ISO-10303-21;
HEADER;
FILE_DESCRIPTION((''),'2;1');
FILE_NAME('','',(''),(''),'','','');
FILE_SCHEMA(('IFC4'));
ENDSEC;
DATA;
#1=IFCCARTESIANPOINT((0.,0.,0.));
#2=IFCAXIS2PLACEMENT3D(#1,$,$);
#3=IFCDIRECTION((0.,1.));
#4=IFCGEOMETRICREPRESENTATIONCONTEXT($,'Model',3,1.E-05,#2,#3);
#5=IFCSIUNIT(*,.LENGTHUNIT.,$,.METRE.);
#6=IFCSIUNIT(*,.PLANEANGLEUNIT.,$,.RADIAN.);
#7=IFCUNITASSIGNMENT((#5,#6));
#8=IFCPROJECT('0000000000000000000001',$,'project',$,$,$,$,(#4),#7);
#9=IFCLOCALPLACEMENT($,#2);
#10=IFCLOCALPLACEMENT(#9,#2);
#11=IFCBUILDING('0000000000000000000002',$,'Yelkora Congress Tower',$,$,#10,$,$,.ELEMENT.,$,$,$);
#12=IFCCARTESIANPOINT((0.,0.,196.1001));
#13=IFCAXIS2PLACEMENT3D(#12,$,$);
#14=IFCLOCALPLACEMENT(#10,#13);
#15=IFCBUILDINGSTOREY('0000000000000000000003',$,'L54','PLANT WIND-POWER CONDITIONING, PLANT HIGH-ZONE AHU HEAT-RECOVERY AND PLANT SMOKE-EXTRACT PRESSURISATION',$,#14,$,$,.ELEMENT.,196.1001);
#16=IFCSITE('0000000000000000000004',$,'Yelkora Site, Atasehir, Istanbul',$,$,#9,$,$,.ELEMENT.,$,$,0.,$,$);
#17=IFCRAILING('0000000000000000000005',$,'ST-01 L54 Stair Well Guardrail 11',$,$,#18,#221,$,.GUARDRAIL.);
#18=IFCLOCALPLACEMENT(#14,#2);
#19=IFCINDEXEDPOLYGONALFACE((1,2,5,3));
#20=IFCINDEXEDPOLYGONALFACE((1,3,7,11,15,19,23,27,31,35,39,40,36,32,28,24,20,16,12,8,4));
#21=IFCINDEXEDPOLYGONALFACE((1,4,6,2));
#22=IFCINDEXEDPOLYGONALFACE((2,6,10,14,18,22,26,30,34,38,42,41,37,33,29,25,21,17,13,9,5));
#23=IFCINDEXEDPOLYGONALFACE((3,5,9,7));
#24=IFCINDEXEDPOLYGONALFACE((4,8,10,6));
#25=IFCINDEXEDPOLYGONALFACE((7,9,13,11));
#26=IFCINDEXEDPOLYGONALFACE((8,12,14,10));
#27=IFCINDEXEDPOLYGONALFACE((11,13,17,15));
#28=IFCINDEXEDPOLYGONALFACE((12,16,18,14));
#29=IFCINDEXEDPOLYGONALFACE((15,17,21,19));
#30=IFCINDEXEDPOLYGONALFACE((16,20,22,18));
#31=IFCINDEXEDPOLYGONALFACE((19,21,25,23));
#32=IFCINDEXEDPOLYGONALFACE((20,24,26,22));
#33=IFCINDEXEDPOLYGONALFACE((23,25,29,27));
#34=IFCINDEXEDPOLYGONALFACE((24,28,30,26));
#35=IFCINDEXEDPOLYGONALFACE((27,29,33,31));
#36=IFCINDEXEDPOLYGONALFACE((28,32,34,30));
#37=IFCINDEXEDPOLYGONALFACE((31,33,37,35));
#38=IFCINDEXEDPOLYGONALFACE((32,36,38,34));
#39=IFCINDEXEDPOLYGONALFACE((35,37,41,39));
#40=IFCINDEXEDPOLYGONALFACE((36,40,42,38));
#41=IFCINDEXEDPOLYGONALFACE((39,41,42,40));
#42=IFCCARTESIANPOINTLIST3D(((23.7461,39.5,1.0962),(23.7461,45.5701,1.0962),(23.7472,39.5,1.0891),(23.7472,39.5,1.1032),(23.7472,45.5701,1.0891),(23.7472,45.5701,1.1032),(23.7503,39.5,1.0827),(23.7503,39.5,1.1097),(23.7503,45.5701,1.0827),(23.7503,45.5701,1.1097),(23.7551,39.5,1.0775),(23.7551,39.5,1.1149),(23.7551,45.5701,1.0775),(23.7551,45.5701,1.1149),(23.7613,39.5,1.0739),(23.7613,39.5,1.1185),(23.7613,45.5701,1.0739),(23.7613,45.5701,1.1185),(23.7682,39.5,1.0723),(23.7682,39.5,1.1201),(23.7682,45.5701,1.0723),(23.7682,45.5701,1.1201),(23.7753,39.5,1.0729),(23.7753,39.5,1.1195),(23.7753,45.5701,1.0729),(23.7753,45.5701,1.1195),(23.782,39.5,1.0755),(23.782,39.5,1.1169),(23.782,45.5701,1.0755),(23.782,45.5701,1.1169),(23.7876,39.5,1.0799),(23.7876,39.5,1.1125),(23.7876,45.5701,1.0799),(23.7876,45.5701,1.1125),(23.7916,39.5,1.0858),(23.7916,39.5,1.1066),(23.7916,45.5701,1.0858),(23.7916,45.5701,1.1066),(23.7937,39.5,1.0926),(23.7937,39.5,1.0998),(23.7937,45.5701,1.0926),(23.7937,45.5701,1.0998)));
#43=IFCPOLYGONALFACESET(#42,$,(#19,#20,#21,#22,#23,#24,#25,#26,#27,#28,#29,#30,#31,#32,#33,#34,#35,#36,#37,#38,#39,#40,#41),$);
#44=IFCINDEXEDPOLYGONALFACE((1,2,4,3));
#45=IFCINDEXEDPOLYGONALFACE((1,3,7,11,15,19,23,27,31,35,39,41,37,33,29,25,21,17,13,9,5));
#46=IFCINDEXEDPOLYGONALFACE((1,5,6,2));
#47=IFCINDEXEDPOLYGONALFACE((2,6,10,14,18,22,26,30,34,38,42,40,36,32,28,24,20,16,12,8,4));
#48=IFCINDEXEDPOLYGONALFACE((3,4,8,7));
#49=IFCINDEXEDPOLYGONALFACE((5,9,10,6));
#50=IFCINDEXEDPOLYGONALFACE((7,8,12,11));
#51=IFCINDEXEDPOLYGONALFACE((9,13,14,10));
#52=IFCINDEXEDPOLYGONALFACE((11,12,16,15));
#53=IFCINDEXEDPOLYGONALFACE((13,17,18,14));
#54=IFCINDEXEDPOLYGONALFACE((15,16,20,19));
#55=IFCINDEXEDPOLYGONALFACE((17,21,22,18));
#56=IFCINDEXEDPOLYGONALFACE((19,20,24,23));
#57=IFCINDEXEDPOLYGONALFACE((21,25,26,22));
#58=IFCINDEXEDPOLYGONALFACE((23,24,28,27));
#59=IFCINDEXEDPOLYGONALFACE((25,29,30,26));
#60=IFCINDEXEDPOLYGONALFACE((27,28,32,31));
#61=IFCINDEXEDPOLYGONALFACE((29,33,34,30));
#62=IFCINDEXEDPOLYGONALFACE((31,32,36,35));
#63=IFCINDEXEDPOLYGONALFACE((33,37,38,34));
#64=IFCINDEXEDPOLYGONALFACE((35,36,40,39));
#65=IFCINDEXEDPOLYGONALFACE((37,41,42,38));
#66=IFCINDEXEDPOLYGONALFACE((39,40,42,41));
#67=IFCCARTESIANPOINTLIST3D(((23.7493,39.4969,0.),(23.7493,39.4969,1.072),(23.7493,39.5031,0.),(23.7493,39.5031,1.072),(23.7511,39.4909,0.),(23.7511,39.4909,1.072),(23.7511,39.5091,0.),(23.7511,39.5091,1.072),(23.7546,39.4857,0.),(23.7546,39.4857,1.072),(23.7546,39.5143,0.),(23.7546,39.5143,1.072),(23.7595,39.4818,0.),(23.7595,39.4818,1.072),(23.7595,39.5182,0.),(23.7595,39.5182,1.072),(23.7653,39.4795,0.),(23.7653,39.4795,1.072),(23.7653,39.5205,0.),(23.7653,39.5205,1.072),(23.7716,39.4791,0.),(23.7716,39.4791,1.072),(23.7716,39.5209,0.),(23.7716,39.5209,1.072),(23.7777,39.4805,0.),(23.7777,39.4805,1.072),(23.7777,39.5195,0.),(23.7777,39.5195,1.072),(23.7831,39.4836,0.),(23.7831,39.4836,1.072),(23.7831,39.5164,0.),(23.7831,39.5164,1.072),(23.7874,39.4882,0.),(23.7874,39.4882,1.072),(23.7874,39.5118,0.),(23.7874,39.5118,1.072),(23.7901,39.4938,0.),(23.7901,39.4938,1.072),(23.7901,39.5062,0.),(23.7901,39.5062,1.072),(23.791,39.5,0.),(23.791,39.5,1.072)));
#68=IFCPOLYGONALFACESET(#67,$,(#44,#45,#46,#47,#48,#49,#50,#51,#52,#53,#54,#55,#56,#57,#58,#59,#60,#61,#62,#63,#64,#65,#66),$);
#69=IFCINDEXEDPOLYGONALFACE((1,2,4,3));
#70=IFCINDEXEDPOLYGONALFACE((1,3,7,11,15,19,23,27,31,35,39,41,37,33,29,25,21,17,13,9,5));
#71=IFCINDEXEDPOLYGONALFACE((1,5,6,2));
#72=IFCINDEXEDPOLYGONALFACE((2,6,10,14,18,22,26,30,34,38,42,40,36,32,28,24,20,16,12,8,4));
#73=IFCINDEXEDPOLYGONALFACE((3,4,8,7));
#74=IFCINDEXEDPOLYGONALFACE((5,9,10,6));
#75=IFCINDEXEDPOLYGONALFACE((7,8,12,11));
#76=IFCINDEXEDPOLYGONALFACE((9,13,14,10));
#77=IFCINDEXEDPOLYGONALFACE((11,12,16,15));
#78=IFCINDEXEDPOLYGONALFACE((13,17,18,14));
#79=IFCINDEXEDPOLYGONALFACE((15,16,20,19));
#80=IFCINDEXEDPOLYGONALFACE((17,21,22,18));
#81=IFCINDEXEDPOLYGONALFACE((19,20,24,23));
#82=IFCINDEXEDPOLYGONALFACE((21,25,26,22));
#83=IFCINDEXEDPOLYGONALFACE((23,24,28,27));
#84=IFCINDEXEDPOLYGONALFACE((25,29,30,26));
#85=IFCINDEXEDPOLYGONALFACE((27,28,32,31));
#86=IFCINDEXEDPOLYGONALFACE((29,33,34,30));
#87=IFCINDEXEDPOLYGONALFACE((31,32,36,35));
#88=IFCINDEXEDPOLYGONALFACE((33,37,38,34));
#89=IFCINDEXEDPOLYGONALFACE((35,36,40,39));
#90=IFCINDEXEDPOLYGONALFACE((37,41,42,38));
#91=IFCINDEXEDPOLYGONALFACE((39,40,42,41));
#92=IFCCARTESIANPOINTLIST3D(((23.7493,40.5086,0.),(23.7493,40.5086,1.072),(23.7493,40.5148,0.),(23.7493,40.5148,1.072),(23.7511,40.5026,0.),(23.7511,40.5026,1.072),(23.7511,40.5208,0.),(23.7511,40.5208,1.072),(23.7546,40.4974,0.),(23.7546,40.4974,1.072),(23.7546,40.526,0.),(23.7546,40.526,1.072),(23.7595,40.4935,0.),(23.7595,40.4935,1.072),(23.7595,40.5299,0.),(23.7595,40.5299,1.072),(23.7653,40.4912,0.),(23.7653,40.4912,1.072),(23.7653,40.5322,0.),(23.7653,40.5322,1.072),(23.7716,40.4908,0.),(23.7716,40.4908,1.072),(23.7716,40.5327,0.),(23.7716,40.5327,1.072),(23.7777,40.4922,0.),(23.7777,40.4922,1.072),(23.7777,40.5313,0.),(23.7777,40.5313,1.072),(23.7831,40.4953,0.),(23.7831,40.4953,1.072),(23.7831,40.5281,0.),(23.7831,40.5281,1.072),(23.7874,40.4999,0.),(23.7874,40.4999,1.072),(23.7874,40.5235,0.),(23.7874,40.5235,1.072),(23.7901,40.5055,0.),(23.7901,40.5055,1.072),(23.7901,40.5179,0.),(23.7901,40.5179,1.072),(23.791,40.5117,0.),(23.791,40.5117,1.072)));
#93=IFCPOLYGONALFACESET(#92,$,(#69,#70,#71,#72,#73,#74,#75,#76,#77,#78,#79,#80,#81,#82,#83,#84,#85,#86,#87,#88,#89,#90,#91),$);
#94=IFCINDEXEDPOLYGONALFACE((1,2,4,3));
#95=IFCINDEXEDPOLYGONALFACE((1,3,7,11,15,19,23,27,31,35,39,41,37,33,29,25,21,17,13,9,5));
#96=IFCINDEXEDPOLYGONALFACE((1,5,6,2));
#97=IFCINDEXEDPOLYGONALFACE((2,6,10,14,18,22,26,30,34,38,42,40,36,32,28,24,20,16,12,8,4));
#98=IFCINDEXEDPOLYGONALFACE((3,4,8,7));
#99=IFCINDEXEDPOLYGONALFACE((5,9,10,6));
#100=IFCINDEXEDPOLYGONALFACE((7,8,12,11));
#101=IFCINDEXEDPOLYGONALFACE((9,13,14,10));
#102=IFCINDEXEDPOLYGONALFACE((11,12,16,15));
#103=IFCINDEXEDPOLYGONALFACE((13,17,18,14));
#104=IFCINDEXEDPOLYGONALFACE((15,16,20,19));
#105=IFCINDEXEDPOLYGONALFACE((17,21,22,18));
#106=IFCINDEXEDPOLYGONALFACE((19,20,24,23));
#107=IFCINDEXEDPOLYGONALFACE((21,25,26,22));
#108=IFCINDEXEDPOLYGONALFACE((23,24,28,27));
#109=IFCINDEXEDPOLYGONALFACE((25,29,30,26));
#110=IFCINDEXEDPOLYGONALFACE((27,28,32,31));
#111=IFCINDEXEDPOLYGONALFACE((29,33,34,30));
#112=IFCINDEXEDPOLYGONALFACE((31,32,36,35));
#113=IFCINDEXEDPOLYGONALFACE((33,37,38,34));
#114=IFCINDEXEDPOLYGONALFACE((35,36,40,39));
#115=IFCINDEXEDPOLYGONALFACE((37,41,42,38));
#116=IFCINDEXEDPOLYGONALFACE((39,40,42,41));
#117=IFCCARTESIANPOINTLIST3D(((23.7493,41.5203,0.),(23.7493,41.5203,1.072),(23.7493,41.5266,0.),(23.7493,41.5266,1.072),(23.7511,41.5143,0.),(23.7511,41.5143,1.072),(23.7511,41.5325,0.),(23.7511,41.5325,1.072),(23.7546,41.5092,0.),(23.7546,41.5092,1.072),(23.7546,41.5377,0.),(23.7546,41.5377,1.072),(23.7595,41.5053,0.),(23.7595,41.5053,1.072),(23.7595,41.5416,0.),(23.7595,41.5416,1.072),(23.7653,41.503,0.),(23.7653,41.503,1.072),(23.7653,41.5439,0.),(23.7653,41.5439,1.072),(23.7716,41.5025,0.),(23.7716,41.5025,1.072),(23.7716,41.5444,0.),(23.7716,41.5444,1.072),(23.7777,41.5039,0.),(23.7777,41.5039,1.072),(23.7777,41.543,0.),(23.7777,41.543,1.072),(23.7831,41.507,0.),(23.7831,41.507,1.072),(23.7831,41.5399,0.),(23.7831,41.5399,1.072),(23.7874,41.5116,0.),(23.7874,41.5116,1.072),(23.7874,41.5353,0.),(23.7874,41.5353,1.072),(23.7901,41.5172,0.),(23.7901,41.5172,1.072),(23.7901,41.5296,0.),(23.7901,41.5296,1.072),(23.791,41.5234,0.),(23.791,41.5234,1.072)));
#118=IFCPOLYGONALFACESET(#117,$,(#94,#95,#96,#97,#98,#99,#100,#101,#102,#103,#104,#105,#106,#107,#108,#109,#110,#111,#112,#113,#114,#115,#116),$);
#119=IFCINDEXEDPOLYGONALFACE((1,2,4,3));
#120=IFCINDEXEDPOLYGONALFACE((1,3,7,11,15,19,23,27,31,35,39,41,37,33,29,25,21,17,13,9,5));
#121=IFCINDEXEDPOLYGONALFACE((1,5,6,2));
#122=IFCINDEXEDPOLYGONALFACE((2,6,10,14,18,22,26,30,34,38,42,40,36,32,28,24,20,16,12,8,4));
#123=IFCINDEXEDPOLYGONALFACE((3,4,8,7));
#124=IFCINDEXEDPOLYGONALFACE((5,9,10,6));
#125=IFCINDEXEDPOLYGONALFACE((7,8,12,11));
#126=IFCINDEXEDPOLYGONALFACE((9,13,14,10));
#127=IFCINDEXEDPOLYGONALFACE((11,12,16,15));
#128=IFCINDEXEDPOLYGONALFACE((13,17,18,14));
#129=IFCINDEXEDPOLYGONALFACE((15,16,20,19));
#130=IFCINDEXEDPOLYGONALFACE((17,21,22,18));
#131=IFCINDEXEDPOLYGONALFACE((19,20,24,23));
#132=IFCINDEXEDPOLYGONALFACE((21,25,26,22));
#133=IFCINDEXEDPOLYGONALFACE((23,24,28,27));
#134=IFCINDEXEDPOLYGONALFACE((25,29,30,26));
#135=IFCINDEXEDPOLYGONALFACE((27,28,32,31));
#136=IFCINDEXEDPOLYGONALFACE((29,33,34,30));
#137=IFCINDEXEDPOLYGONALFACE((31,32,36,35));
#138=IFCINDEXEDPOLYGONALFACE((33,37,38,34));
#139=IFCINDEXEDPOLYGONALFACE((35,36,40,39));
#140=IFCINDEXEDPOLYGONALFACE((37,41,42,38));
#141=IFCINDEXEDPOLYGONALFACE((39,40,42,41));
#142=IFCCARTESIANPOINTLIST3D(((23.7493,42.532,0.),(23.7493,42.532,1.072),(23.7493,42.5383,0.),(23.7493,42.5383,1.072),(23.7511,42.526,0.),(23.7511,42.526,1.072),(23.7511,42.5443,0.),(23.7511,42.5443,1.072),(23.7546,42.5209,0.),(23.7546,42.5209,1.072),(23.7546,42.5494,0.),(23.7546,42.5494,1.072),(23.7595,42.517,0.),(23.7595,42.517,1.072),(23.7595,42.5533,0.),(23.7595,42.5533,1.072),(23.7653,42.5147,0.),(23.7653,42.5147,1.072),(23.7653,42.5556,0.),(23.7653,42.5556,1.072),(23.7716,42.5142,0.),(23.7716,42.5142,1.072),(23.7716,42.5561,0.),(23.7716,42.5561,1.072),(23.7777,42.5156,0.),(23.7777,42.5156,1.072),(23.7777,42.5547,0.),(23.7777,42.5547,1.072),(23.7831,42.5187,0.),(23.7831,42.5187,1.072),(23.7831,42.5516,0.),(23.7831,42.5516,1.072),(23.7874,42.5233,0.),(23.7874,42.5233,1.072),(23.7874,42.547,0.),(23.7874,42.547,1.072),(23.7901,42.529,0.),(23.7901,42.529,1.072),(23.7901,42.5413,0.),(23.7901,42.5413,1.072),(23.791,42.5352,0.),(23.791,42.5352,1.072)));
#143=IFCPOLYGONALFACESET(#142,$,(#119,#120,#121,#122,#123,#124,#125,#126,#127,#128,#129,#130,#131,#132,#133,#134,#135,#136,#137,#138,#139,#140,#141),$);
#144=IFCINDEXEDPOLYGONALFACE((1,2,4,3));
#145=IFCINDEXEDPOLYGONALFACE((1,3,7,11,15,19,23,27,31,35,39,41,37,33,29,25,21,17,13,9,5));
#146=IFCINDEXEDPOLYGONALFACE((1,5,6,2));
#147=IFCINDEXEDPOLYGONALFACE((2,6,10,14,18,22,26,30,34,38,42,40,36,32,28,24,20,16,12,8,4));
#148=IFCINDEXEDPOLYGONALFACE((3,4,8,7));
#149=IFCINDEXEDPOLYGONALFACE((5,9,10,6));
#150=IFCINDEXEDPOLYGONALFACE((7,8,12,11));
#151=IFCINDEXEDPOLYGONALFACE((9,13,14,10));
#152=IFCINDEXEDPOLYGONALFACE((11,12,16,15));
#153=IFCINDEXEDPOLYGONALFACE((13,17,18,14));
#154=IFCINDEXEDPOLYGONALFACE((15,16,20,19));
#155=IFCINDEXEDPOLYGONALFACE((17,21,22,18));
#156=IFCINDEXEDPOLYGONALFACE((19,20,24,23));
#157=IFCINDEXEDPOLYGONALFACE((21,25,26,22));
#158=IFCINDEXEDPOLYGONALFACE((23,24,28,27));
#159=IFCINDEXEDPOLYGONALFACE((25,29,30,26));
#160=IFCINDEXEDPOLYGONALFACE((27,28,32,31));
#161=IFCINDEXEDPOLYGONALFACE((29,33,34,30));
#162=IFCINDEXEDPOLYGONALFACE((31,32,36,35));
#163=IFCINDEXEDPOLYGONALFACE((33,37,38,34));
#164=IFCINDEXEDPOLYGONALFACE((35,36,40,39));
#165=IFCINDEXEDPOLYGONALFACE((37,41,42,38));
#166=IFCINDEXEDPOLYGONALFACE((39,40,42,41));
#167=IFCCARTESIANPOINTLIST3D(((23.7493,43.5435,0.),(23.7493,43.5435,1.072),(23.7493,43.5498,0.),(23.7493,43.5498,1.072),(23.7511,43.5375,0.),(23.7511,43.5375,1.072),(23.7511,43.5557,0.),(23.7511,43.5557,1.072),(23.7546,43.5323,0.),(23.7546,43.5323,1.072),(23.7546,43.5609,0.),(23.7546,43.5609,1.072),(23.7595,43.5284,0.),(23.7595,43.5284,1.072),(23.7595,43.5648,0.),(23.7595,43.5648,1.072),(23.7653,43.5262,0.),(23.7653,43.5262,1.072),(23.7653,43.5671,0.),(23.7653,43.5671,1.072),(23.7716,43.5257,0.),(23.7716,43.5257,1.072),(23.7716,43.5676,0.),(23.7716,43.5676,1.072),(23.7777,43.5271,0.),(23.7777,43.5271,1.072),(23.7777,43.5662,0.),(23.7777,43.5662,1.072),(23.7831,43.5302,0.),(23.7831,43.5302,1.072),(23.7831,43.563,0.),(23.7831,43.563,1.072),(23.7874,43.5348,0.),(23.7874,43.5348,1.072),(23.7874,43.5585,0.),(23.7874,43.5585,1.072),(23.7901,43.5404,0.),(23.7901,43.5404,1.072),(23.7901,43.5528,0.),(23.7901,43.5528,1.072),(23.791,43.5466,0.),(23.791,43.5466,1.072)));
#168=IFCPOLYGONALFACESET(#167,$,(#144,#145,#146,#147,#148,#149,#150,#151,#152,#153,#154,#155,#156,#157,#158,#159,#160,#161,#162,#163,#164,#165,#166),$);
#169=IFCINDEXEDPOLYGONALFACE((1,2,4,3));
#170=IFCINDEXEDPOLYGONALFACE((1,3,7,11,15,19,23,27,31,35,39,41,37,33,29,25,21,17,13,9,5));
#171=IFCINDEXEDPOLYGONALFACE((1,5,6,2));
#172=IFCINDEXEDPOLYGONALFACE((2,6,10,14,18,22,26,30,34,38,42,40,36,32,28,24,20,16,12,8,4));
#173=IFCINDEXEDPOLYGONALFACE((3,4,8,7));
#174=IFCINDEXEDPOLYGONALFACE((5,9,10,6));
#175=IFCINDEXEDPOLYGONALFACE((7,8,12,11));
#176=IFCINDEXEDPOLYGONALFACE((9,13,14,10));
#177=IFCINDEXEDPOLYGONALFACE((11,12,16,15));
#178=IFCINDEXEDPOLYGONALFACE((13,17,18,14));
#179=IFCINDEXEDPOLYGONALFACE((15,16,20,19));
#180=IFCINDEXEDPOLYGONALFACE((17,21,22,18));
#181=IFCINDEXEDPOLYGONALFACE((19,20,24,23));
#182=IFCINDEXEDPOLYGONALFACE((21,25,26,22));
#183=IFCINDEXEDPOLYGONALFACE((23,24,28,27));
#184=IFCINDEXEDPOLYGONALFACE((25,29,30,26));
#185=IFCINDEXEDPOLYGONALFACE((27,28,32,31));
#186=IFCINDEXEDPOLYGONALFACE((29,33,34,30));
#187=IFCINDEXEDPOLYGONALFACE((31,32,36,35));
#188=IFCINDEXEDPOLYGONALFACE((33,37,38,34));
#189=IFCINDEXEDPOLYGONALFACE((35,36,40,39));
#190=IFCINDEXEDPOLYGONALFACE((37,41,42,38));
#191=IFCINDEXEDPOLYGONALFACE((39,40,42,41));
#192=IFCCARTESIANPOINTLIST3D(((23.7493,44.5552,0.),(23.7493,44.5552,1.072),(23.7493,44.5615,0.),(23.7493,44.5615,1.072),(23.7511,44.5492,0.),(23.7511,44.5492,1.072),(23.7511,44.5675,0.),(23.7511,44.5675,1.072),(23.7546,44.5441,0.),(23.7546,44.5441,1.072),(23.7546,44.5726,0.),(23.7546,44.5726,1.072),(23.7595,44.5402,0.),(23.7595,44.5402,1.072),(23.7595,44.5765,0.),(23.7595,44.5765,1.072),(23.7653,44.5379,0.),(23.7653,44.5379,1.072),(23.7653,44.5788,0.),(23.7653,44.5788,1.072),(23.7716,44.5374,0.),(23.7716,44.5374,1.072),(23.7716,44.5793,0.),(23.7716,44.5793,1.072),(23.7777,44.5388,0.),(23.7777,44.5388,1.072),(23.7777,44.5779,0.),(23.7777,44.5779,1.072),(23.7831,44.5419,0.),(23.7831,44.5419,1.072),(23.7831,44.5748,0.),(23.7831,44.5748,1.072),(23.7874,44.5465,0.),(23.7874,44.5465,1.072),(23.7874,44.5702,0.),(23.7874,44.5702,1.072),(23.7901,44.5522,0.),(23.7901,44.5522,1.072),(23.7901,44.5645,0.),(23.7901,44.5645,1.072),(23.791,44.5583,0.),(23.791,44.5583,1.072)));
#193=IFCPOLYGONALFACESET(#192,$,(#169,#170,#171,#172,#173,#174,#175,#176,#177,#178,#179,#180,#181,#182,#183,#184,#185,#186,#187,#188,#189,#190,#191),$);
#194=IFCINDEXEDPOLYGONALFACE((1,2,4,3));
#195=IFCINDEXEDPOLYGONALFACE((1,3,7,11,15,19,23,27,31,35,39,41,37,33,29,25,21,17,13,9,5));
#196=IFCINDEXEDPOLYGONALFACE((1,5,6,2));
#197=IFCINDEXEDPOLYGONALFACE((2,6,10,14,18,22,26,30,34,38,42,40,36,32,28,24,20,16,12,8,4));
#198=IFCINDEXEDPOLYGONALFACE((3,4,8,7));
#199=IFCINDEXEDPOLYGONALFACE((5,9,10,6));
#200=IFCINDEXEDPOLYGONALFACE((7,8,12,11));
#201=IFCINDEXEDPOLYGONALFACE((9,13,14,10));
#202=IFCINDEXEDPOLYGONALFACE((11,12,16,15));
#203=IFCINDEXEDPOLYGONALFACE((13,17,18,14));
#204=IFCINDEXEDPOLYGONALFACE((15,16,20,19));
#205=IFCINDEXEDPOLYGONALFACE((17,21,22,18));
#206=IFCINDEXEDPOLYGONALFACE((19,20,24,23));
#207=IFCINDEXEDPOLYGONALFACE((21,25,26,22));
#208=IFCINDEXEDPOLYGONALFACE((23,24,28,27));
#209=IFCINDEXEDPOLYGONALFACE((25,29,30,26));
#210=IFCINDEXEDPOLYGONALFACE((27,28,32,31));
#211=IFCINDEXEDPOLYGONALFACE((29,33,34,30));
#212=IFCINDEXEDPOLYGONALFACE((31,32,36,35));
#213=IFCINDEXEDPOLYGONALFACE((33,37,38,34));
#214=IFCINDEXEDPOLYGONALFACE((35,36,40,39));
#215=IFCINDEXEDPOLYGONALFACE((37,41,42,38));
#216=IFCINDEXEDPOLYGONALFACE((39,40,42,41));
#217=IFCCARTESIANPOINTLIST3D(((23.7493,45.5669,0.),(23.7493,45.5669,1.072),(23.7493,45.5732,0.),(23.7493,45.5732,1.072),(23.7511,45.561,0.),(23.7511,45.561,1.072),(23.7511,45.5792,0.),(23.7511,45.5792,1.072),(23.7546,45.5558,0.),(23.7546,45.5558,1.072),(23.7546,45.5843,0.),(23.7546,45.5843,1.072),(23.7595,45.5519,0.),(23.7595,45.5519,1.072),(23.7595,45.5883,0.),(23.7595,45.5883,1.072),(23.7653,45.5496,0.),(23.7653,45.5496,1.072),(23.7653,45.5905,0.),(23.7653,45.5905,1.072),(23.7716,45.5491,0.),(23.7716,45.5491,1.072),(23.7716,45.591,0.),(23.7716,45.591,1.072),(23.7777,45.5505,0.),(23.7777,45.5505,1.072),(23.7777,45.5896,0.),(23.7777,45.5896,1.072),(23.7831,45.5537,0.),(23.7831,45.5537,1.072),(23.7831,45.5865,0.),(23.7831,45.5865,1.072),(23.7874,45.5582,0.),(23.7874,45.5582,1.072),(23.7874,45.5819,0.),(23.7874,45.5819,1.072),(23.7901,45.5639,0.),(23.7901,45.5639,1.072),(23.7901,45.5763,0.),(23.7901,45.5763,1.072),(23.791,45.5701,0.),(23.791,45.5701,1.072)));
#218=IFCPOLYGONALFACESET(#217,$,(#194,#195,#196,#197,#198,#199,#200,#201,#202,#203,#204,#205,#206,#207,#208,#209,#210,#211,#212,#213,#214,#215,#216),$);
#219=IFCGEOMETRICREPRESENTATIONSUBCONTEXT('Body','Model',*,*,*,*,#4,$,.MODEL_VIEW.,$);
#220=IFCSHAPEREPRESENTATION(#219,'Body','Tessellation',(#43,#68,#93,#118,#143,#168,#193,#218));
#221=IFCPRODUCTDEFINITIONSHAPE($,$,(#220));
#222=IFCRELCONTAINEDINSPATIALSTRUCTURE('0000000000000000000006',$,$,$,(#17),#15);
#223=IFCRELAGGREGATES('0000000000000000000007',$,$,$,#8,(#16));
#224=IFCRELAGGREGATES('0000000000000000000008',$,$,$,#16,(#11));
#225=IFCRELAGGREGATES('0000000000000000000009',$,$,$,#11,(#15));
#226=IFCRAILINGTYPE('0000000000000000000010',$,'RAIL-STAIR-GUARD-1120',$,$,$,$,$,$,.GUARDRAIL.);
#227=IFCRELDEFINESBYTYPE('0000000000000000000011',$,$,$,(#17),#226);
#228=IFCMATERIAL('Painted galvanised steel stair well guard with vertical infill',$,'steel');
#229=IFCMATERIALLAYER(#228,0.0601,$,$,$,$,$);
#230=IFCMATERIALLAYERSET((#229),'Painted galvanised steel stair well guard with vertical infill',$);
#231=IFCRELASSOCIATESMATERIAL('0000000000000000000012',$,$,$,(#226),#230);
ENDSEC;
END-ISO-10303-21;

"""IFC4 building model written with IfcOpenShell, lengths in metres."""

from ifc_helpers import new_model, si_unit, direction, frame, origin, origin_2d, place, context, subcontext, project, spatial, circle, extrude, material, layer, layer_set, type_object, element, save


model = new_model("IFC4")

# Units and contexts
model_context = context("Model", 3, precision=1e-05, world=origin(), true_north=direction((0.0, 1.0)))
body_context = subcontext(model_context, "Body", "Model", "MODEL_VIEW")
ifc_project = project(units=[si_unit("LENGTHUNIT", "METRE"), si_unit("PLANEANGLEUNIT", "RADIAN")], contexts=[model_context])

# Site, building, storey
site_placement = place(None, origin())
site = spatial("IfcSite", under=ifc_project, at=site_placement, Name="Yelkora Site, Atasehir, Istanbul", CompositionType="ELEMENT", RefElevation=0.0)
building_placement = place(site_placement, origin())
building = spatial("IfcBuilding", under=site, at=building_placement, Name="Yelkora Congress Tower", CompositionType="ELEMENT")
storey_placement = place(building_placement, frame((0.0, 0.0, 196.1001)))
storey = spatial("IfcBuildingStorey", under=building, at=storey_placement, Name="L54", Description="PLANT WIND-POWER CONDITIONING, PLANT HIGH-ZONE AHU HEAT-RECOVERY AND PLANT SMOKE-EXTRACT PRESSURISATION", CompositionType="ELEMENT", Elevation=196.1001)

# Railing
ifc_material_1 = material(Name="Painted galvanised steel stair well guard with vertical infill", Category="steel")
ifc_layer_1 = layer(ifc_material_1, 0.0601)
ifc_layer_set_1 = layer_set([ifc_layer_1], Name="Painted galvanised steel stair well guard with vertical infill")
railing_type_1 = type_object("IfcRailingType", Name="RAIL-STAIR-GUARD-1120", PredefinedType="GUARDRAIL", material=ifc_layer_set_1)
railing_1_placement = place(storey_placement, frame((23.77, 39.5, 0.0)))
element("IfcRailing", 1, at=railing_1_placement, inside=storey, type_object=railing_type_1, Name="ST-01 L54 Stair Well Guardrail 11", PredefinedType="GUARDRAIL", context=body_context, shape_type="SweptSolid", body=[
    extrude(circle(Radius=0.0239, at=origin_2d()), frame((0.0, 0.0, 1.0962), z_axis=(0.0, 1.0, 0.0), x_axis=(-1.0, 0.0, 0.0)), (0.0, 0.0, 1.0), 6.0701),
    extrude(circle(Radius=0.021, at=origin_2d()), origin(), (0.0, 0.0, 1.0), 1.072),
    extrude(circle(Radius=0.021, at=origin_2d()), frame((0.0, 1.0117, 0.0)), (0.0, 0.0, 1.0), 1.072),
    extrude(circle(Radius=0.021, at=origin_2d()), frame((0.0, 2.0234, 0.0)), (0.0, 0.0, 1.0), 1.072),
    extrude(circle(Radius=0.021, at=origin_2d()), frame((0.0, 3.0352, 0.0)), (0.0, 0.0, 1.0), 1.072),
    extrude(circle(Radius=0.021, at=origin_2d()), frame((0.0, 4.0466, 0.0)), (0.0, 0.0, 1.0), 1.072),
    extrude(circle(Radius=0.021, at=origin_2d()), frame((0.0, 5.0583, 0.0)), (0.0, 0.0, 1.0), 1.072),
    extrude(circle(Radius=0.021, at=origin_2d()), frame((0.0, 6.0701, 0.0)), (0.0, 0.0, 1.0), 1.072),
])

save(model, "model.ifc")
